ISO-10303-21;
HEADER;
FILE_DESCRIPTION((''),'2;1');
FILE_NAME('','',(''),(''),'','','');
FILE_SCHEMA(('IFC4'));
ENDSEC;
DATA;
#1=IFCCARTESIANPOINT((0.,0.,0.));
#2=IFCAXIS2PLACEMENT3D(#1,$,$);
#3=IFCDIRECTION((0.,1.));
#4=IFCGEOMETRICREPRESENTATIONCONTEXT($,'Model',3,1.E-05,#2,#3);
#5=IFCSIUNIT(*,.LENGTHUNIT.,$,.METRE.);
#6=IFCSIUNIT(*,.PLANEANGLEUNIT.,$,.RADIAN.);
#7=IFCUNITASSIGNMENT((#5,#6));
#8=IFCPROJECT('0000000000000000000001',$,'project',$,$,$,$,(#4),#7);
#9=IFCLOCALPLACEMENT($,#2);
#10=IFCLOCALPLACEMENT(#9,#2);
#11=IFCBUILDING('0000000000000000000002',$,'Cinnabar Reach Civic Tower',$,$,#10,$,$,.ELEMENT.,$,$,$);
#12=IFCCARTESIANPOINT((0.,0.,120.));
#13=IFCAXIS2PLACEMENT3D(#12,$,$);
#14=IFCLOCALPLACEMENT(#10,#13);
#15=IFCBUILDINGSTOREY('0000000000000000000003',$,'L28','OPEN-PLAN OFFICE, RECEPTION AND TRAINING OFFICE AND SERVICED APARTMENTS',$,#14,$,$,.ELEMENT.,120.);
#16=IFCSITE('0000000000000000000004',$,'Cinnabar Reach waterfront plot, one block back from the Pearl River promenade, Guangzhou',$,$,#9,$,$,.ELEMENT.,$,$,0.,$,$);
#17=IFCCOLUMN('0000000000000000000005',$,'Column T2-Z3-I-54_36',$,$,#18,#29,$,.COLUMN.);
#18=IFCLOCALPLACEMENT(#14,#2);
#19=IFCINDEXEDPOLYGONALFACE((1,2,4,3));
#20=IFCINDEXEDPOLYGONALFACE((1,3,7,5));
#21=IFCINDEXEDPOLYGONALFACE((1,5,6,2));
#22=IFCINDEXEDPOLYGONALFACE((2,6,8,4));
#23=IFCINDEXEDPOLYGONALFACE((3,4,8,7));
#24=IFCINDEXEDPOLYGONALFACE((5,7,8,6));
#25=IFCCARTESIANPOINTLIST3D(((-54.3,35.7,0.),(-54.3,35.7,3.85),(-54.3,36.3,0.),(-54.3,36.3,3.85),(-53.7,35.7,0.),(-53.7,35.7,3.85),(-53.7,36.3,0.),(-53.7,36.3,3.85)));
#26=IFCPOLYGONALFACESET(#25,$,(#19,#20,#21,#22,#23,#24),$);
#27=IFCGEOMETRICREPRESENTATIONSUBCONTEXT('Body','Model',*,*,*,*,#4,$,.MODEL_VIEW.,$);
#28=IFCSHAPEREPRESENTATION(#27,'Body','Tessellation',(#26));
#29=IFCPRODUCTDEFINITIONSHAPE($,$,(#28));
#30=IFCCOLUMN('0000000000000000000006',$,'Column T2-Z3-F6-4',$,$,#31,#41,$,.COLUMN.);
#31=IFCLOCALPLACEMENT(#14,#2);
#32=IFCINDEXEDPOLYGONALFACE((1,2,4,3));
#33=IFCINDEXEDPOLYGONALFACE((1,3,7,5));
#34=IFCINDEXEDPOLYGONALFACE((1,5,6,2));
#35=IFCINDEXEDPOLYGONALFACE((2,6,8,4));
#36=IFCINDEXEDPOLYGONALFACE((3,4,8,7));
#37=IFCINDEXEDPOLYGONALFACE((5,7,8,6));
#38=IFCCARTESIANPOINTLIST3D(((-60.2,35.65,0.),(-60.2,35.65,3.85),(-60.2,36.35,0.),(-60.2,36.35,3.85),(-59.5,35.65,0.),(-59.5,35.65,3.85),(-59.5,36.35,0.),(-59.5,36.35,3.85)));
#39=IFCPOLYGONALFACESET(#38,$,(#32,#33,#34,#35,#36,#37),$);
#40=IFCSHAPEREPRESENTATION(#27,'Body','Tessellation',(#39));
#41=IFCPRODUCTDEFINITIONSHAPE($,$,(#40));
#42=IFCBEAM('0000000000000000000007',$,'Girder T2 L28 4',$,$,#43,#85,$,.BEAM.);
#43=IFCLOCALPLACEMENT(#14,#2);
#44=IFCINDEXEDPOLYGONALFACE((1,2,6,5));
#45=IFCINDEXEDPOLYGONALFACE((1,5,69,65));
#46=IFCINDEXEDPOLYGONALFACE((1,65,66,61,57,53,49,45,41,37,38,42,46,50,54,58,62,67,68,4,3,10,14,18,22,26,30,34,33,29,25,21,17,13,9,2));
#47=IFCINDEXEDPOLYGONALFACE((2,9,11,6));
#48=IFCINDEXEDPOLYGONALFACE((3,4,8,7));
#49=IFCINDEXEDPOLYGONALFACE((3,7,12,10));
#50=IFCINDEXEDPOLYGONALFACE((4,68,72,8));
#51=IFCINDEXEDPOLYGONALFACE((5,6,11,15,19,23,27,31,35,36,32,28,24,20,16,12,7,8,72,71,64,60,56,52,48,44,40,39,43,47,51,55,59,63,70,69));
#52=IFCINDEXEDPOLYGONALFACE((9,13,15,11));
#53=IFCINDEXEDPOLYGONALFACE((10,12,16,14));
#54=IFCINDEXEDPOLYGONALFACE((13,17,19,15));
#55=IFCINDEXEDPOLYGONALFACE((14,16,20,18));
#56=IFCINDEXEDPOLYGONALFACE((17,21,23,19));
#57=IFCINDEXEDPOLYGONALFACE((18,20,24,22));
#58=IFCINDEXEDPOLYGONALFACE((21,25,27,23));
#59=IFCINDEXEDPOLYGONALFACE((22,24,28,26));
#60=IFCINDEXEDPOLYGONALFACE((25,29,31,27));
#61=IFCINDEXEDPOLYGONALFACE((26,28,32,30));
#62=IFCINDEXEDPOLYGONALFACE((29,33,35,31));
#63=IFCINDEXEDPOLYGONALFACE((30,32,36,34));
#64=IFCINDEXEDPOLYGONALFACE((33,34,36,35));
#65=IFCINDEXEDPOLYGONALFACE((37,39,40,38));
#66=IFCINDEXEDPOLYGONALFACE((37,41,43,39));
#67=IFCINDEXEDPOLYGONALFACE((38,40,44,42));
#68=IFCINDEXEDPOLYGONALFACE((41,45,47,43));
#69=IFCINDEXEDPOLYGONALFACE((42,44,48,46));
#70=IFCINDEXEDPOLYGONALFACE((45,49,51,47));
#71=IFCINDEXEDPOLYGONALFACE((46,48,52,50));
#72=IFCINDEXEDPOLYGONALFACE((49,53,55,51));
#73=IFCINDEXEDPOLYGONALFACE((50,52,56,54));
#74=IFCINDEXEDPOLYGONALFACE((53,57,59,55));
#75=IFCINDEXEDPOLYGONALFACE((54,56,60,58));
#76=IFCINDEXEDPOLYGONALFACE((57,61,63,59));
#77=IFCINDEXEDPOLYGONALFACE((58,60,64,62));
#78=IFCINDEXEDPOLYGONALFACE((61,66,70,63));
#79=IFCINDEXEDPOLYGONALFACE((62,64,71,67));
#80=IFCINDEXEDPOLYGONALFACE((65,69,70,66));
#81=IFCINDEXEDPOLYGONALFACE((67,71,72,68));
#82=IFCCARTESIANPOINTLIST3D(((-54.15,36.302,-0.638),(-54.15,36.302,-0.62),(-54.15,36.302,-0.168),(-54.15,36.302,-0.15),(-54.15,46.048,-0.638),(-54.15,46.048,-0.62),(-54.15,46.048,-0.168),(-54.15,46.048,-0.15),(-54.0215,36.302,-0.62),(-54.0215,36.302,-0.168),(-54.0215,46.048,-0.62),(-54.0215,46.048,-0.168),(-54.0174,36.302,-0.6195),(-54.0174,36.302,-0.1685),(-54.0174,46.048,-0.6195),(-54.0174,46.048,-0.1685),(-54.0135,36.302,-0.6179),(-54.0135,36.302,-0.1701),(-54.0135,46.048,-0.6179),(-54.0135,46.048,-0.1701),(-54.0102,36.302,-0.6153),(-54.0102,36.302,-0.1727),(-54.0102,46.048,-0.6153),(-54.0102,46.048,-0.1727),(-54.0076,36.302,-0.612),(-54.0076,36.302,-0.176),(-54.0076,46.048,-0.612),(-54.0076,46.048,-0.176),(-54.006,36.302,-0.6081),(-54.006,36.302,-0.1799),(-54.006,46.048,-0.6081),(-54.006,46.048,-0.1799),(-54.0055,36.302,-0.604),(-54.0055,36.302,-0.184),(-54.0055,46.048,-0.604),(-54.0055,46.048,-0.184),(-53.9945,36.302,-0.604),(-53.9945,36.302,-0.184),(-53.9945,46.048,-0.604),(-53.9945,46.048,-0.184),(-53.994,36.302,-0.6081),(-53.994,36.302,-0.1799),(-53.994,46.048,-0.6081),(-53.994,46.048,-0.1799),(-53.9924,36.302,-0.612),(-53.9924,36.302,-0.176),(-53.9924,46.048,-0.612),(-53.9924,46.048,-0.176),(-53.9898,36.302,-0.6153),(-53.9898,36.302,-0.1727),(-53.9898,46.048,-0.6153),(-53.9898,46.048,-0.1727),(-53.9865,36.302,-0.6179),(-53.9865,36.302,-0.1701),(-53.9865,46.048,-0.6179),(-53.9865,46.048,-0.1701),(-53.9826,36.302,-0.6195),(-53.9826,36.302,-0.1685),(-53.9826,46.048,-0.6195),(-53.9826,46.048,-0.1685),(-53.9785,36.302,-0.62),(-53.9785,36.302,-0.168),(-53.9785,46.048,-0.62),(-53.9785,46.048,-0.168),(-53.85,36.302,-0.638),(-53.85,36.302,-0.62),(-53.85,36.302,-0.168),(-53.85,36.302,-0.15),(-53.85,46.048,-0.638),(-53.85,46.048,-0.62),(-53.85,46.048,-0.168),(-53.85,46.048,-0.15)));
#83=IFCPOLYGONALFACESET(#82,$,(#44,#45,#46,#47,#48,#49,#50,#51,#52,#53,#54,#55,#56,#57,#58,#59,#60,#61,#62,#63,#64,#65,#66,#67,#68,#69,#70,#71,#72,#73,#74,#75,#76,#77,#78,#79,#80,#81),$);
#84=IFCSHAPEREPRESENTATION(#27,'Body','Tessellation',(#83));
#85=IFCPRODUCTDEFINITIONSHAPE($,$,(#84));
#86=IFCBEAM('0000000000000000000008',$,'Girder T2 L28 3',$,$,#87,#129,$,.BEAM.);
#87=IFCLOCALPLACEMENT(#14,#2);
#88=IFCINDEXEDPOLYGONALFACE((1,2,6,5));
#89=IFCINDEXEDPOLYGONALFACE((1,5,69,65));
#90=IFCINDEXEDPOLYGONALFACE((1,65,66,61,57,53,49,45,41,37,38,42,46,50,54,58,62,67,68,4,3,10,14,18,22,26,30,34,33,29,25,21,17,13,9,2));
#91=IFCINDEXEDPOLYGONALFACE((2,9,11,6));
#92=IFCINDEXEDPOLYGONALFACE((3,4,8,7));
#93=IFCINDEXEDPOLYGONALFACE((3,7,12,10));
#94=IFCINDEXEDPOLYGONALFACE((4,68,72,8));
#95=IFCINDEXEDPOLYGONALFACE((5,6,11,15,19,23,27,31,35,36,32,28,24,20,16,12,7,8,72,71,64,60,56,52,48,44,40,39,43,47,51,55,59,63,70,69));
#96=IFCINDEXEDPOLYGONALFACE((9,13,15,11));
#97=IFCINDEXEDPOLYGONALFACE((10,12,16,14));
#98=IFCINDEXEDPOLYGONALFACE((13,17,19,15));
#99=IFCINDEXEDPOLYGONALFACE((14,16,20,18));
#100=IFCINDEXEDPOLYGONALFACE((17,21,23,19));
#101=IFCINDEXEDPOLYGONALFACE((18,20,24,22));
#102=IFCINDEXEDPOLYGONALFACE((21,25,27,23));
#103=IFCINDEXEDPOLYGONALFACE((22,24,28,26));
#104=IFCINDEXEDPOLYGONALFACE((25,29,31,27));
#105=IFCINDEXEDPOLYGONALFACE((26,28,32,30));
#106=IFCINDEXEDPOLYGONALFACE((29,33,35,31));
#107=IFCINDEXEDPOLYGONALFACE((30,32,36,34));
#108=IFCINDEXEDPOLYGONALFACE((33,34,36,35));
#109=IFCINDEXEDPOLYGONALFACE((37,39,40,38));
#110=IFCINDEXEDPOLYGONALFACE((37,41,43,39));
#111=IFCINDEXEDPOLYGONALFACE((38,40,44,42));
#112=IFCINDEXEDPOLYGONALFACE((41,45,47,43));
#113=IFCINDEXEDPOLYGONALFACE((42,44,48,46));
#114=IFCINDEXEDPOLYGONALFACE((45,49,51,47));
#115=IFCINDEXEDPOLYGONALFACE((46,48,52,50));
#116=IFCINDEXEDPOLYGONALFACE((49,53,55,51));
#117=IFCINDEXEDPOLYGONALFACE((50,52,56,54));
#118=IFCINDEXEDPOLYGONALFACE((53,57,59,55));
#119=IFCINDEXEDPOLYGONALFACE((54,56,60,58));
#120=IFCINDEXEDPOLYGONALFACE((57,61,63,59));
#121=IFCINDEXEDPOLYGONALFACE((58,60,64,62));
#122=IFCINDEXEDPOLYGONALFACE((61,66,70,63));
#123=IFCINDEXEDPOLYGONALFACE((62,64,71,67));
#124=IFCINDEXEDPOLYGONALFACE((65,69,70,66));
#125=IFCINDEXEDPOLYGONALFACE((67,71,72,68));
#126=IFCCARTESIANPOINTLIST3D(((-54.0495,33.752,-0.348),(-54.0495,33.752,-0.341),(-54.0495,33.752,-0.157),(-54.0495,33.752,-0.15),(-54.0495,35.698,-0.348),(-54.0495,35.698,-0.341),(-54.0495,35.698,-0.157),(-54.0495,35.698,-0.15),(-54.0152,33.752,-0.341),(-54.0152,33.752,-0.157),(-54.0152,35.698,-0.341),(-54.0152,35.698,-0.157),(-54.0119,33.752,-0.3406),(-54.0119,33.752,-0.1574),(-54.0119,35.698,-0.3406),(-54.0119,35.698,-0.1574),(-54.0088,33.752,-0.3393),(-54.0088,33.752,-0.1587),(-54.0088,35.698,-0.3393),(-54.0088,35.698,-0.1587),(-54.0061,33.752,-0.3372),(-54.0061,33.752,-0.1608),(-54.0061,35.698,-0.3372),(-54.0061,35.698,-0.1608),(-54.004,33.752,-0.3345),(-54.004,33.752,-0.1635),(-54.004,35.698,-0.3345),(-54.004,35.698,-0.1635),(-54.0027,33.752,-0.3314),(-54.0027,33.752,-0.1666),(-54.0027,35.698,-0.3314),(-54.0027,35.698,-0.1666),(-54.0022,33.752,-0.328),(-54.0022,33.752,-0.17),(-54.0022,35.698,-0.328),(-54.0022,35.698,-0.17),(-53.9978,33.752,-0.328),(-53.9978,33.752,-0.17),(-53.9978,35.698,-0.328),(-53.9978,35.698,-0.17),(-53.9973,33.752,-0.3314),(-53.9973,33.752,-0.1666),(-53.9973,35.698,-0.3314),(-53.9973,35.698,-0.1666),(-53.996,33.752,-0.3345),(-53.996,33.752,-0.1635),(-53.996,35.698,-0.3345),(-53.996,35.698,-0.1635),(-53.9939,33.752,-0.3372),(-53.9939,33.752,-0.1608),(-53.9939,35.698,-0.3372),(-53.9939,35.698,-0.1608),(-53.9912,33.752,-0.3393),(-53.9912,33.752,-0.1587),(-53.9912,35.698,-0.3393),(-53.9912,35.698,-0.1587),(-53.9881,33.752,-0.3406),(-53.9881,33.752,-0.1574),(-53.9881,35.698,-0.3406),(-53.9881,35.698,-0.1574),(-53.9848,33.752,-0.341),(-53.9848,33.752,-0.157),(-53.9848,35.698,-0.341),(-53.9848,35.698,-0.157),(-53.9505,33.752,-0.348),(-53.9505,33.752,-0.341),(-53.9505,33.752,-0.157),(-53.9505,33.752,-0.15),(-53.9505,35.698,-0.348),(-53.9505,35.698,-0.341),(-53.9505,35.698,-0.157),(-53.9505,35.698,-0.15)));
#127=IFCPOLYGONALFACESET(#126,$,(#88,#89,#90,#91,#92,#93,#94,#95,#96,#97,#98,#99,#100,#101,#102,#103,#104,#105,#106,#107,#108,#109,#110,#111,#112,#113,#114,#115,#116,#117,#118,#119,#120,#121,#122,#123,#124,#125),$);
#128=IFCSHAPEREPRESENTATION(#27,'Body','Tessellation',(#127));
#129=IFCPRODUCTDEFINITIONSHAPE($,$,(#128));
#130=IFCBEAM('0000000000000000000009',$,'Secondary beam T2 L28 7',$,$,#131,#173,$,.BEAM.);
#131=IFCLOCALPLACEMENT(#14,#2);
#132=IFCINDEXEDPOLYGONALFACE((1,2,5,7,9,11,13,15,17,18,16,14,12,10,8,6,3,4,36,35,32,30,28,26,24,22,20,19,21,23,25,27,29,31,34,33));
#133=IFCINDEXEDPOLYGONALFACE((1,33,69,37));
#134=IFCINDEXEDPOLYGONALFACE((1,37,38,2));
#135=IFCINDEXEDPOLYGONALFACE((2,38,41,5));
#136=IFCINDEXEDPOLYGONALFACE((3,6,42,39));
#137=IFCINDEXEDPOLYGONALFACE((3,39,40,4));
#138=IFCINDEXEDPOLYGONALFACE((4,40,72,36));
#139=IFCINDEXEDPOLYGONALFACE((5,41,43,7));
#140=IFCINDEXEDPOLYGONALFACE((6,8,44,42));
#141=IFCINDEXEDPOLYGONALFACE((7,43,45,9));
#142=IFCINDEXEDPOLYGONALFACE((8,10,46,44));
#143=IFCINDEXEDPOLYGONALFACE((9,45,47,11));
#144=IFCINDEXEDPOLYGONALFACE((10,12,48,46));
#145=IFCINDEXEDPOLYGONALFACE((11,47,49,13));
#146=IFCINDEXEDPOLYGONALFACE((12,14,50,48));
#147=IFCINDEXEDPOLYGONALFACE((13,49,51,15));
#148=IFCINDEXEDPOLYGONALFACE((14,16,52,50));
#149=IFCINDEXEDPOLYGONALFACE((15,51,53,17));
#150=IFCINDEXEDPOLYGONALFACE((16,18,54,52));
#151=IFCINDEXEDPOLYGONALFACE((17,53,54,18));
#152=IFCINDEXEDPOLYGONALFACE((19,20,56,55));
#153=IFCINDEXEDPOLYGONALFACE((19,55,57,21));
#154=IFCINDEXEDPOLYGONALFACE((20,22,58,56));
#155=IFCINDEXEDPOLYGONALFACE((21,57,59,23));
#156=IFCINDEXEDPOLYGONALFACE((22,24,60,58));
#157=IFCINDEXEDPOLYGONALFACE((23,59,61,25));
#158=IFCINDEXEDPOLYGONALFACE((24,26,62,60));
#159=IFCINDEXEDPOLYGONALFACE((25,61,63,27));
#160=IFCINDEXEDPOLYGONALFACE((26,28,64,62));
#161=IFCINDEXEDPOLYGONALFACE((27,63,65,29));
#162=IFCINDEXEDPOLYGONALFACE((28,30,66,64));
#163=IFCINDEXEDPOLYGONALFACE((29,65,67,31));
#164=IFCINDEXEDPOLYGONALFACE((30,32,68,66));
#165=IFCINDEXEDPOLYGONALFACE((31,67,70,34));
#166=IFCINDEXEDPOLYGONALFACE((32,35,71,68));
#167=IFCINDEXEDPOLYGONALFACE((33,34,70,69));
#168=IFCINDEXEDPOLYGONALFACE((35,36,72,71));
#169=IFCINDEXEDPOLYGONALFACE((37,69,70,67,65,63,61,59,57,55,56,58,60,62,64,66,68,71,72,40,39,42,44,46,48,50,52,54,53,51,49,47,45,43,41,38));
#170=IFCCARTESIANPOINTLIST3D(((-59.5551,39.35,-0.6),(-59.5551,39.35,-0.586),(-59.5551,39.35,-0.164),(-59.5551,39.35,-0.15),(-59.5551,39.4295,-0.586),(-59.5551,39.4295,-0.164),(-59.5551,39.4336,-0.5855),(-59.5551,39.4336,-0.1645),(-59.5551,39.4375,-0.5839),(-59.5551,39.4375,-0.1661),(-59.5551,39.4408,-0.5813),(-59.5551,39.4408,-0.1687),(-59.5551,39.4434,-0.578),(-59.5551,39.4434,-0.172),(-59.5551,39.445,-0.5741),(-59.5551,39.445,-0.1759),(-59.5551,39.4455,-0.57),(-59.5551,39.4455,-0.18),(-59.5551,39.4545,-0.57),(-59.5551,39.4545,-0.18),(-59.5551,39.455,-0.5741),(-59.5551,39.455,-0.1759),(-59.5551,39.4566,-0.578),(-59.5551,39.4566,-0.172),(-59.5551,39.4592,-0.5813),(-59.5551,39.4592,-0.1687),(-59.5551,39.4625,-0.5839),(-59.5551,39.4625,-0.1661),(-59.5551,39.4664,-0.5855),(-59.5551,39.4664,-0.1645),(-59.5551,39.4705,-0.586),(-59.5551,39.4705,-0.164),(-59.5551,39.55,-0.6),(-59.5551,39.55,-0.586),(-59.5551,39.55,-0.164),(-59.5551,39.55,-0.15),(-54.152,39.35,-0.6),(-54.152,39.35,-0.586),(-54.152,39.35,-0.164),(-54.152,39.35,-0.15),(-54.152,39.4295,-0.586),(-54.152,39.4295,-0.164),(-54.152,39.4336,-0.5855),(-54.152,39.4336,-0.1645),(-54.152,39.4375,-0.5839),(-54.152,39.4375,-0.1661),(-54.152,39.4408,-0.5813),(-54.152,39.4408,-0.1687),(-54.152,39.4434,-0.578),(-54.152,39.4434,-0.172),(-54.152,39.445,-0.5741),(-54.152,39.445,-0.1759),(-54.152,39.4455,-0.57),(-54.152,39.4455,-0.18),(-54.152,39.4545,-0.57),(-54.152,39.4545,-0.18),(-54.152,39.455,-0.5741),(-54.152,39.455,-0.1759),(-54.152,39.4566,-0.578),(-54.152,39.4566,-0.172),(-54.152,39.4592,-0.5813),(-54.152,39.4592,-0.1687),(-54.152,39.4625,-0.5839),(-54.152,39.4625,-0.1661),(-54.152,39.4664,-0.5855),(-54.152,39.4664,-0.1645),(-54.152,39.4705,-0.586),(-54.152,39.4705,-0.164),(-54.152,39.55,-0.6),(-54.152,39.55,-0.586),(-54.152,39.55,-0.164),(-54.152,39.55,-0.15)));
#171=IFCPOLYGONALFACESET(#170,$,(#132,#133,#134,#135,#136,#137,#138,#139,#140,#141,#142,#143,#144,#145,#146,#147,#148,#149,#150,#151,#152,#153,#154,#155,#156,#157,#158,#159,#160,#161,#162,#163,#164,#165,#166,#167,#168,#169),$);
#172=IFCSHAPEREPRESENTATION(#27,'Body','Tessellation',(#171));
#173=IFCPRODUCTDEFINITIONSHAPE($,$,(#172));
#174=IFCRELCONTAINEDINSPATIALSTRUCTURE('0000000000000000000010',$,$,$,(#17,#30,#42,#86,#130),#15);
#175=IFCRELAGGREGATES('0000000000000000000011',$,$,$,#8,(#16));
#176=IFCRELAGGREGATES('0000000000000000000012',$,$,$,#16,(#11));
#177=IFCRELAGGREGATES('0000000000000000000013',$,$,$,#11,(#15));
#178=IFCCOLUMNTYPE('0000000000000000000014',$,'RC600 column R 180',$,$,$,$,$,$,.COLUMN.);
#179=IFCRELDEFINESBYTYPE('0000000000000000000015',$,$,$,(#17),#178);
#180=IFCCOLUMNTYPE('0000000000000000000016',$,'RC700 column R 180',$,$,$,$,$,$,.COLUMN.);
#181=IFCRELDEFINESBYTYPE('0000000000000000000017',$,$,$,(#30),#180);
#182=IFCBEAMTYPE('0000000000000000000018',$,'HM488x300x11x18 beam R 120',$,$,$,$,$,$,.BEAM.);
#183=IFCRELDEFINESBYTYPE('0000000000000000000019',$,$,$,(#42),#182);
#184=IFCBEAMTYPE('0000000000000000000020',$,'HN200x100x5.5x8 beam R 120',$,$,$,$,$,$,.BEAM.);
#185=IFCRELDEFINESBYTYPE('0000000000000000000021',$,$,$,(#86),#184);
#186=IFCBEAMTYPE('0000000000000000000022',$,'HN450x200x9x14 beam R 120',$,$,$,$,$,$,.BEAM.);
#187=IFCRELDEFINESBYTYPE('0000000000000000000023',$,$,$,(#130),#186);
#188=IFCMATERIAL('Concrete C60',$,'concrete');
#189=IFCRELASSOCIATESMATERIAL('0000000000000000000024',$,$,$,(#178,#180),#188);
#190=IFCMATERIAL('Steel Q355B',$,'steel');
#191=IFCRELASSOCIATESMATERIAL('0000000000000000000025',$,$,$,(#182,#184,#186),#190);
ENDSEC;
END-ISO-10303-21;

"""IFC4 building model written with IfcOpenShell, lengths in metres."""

from ifc_helpers import new_model, si_unit, direction, frame, origin, origin_2d, place, context, subcontext, project, spatial, rectangle, i_section, extrude, material, material_profile, profile_set, type_object, element, save


model = new_model("IFC4")

# Units and contexts
model_context = context("Model", 3, precision=1e-05, world=origin(), true_north=direction((0.0, 1.0)))
body_context = subcontext(model_context, "Body", "Model", "MODEL_VIEW")
ifc_project = project(units=[si_unit("LENGTHUNIT", "METRE"), si_unit("PLANEANGLEUNIT", "RADIAN")], contexts=[model_context])

# Site, building, storey
site_placement = place(None, origin())
site = spatial("IfcSite", under=ifc_project, at=site_placement, Name="Cinnabar Reach waterfront plot, one block back from the Pearl River promenade, Guangzhou", CompositionType="ELEMENT", RefElevation=0.0)
building_placement = place(site_placement, origin())
building = spatial("IfcBuilding", under=site, at=building_placement, Name="Cinnabar Reach Civic Tower", CompositionType="ELEMENT")
storey_placement = place(building_placement, frame((0.0, 0.0, 120.0)))
storey = spatial("IfcBuildingStorey", under=building, at=storey_placement, Name="L28", Description="OPEN-PLAN OFFICE, RECEPTION AND TRAINING OFFICE AND SERVICED APARTMENTS", CompositionType="ELEMENT", Elevation=120.0)

# Columns
ifc_material_1 = material(Name="Concrete C60", Category="concrete")
ifc_material_profile_1 = material_profile(ifc_material_1, rectangle(XDim=0.6, YDim=0.6, at=origin_2d()), Name="RC600")
ifc_profile_set_1 = profile_set([ifc_material_profile_1], Name="Concrete C60")
column_type_1 = type_object("IfcColumnType", Name="RC600 column R 180", PredefinedType="COLUMN", material=ifc_profile_set_1)
column_1_placement = place(storey_placement, frame((-54.0, 36.0, 0.0), z_axis=(0.0, 0.0, 1.0), x_axis=(1.0, 0.0, 0.0)))
element("IfcColumn", 1, at=column_1_placement, inside=storey, type_object=column_type_1, Name="Column T2-Z3-I-54_36", PredefinedType="COLUMN", context=body_context, shape_type="SweptSolid", body=[
    extrude(rectangle(XDim=0.6, YDim=0.6, at=origin_2d()), origin(), (0.0, 0.0, 1.0), 3.85),
])
ifc_material_profile_2 = material_profile(ifc_material_1, rectangle(XDim=0.7, YDim=0.7, at=origin_2d()), Name="RC700")
ifc_profile_set_2 = profile_set([ifc_material_profile_2], Name="Concrete C60")
column_type_2 = type_object("IfcColumnType", Name="RC700 column R 180", PredefinedType="COLUMN", material=ifc_profile_set_2)
column_2_placement = place(storey_placement, frame((-59.85, 36.0, 0.0), z_axis=(0.0, 0.0, 1.0), x_axis=(1.0, 0.0, 0.0)))
element("IfcColumn", 2, at=column_2_placement, inside=storey, type_object=column_type_2, Name="Column T2-Z3-F6-4", PredefinedType="COLUMN", context=body_context, shape_type="SweptSolid", body=[
    extrude(rectangle(XDim=0.7, YDim=0.7, at=origin_2d()), origin(), (0.0, 0.0, 1.0), 3.85),
])

# Beams
ifc_material_2 = material(Name="Steel Q355B", Category="steel")
ifc_material_profile_3 = material_profile(ifc_material_2, i_section(OverallWidth=0.3, OverallDepth=0.488, WebThickness=0.011, FlangeThickness=0.018, FilletRadius=0.016, at=origin_2d()), Name="HM488x300x11x18")
ifc_profile_set_3 = profile_set([ifc_material_profile_3], Name="Steel Q355B")
beam_type_1 = type_object("IfcBeamType", Name="HM488x300x11x18 beam R 120", PredefinedType="BEAM", material=ifc_profile_set_3)
beam_1_placement = place(storey_placement, frame((-54.0, 36.302, -0.394), z_axis=(0.0, 1.0, 0.0), x_axis=(-1.0, 0.0, 0.0)))
element("IfcBeam", 3, at=beam_1_placement, inside=storey, type_object=beam_type_1, Name="Girder T2 L28 4", PredefinedType="BEAM", context=body_context, shape_type="SweptSolid", body=[
    extrude(i_section(OverallWidth=0.3, OverallDepth=0.488, WebThickness=0.011, FlangeThickness=0.018, FilletRadius=0.016, at=origin_2d()), origin(), (0.0, 0.0, 1.0), 9.746),
])
ifc_material_profile_4 = material_profile(ifc_material_2, i_section(OverallWidth=0.099, OverallDepth=0.198, WebThickness=0.0045, FlangeThickness=0.007, FilletRadius=0.013, at=origin_2d()), Name="HN200x100x5.5x8")
ifc_profile_set_4 = profile_set([ifc_material_profile_4], Name="Steel Q355B")
beam_type_2 = type_object("IfcBeamType", Name="HN200x100x5.5x8 beam R 120", PredefinedType="BEAM", material=ifc_profile_set_4)
beam_2_placement = place(storey_placement, frame((-54.0, 33.752, -0.249), z_axis=(0.0, 1.0, 0.0), x_axis=(-1.0, 0.0, 0.0)))
element("IfcBeam", 4, at=beam_2_placement, inside=storey, type_object=beam_type_2, Name="Girder T2 L28 3", PredefinedType="BEAM", context=body_context, shape_type="SweptSolid", body=[
    extrude(i_section(OverallWidth=0.099, OverallDepth=0.198, WebThickness=0.0045, FlangeThickness=0.007, FilletRadius=0.013, at=origin_2d()), origin(), (0.0, 0.0, 1.0), 1.946),
])
ifc_material_profile_5 = material_profile(ifc_material_2, i_section(OverallWidth=0.2, OverallDepth=0.45, WebThickness=0.009, FlangeThickness=0.014, FilletRadius=0.016, at=origin_2d()), Name="HN450x200x9x14")
ifc_profile_set_5 = profile_set([ifc_material_profile_5], Name="Steel Q355B")
beam_type_3 = type_object("IfcBeamType", Name="HN450x200x9x14 beam R 120", PredefinedType="BEAM", material=ifc_profile_set_5)
beam_3_placement = place(storey_placement, frame((-59.5551, 39.45, -0.375), z_axis=(1.0, 0.0, 0.0), x_axis=(0.0, 1.0, 0.0)))
element("IfcBeam", 5, at=beam_3_placement, inside=storey, type_object=beam_type_3, Name="Secondary beam T2 L28 7", PredefinedType="BEAM", context=body_context, shape_type="SweptSolid", body=[
    extrude(i_section(OverallWidth=0.2, OverallDepth=0.45, WebThickness=0.009, FlangeThickness=0.014, FilletRadius=0.016, at=origin_2d()), origin(), (0.0, 0.0, 1.0), 5.4031),
])

save(model, "model.ifc")
